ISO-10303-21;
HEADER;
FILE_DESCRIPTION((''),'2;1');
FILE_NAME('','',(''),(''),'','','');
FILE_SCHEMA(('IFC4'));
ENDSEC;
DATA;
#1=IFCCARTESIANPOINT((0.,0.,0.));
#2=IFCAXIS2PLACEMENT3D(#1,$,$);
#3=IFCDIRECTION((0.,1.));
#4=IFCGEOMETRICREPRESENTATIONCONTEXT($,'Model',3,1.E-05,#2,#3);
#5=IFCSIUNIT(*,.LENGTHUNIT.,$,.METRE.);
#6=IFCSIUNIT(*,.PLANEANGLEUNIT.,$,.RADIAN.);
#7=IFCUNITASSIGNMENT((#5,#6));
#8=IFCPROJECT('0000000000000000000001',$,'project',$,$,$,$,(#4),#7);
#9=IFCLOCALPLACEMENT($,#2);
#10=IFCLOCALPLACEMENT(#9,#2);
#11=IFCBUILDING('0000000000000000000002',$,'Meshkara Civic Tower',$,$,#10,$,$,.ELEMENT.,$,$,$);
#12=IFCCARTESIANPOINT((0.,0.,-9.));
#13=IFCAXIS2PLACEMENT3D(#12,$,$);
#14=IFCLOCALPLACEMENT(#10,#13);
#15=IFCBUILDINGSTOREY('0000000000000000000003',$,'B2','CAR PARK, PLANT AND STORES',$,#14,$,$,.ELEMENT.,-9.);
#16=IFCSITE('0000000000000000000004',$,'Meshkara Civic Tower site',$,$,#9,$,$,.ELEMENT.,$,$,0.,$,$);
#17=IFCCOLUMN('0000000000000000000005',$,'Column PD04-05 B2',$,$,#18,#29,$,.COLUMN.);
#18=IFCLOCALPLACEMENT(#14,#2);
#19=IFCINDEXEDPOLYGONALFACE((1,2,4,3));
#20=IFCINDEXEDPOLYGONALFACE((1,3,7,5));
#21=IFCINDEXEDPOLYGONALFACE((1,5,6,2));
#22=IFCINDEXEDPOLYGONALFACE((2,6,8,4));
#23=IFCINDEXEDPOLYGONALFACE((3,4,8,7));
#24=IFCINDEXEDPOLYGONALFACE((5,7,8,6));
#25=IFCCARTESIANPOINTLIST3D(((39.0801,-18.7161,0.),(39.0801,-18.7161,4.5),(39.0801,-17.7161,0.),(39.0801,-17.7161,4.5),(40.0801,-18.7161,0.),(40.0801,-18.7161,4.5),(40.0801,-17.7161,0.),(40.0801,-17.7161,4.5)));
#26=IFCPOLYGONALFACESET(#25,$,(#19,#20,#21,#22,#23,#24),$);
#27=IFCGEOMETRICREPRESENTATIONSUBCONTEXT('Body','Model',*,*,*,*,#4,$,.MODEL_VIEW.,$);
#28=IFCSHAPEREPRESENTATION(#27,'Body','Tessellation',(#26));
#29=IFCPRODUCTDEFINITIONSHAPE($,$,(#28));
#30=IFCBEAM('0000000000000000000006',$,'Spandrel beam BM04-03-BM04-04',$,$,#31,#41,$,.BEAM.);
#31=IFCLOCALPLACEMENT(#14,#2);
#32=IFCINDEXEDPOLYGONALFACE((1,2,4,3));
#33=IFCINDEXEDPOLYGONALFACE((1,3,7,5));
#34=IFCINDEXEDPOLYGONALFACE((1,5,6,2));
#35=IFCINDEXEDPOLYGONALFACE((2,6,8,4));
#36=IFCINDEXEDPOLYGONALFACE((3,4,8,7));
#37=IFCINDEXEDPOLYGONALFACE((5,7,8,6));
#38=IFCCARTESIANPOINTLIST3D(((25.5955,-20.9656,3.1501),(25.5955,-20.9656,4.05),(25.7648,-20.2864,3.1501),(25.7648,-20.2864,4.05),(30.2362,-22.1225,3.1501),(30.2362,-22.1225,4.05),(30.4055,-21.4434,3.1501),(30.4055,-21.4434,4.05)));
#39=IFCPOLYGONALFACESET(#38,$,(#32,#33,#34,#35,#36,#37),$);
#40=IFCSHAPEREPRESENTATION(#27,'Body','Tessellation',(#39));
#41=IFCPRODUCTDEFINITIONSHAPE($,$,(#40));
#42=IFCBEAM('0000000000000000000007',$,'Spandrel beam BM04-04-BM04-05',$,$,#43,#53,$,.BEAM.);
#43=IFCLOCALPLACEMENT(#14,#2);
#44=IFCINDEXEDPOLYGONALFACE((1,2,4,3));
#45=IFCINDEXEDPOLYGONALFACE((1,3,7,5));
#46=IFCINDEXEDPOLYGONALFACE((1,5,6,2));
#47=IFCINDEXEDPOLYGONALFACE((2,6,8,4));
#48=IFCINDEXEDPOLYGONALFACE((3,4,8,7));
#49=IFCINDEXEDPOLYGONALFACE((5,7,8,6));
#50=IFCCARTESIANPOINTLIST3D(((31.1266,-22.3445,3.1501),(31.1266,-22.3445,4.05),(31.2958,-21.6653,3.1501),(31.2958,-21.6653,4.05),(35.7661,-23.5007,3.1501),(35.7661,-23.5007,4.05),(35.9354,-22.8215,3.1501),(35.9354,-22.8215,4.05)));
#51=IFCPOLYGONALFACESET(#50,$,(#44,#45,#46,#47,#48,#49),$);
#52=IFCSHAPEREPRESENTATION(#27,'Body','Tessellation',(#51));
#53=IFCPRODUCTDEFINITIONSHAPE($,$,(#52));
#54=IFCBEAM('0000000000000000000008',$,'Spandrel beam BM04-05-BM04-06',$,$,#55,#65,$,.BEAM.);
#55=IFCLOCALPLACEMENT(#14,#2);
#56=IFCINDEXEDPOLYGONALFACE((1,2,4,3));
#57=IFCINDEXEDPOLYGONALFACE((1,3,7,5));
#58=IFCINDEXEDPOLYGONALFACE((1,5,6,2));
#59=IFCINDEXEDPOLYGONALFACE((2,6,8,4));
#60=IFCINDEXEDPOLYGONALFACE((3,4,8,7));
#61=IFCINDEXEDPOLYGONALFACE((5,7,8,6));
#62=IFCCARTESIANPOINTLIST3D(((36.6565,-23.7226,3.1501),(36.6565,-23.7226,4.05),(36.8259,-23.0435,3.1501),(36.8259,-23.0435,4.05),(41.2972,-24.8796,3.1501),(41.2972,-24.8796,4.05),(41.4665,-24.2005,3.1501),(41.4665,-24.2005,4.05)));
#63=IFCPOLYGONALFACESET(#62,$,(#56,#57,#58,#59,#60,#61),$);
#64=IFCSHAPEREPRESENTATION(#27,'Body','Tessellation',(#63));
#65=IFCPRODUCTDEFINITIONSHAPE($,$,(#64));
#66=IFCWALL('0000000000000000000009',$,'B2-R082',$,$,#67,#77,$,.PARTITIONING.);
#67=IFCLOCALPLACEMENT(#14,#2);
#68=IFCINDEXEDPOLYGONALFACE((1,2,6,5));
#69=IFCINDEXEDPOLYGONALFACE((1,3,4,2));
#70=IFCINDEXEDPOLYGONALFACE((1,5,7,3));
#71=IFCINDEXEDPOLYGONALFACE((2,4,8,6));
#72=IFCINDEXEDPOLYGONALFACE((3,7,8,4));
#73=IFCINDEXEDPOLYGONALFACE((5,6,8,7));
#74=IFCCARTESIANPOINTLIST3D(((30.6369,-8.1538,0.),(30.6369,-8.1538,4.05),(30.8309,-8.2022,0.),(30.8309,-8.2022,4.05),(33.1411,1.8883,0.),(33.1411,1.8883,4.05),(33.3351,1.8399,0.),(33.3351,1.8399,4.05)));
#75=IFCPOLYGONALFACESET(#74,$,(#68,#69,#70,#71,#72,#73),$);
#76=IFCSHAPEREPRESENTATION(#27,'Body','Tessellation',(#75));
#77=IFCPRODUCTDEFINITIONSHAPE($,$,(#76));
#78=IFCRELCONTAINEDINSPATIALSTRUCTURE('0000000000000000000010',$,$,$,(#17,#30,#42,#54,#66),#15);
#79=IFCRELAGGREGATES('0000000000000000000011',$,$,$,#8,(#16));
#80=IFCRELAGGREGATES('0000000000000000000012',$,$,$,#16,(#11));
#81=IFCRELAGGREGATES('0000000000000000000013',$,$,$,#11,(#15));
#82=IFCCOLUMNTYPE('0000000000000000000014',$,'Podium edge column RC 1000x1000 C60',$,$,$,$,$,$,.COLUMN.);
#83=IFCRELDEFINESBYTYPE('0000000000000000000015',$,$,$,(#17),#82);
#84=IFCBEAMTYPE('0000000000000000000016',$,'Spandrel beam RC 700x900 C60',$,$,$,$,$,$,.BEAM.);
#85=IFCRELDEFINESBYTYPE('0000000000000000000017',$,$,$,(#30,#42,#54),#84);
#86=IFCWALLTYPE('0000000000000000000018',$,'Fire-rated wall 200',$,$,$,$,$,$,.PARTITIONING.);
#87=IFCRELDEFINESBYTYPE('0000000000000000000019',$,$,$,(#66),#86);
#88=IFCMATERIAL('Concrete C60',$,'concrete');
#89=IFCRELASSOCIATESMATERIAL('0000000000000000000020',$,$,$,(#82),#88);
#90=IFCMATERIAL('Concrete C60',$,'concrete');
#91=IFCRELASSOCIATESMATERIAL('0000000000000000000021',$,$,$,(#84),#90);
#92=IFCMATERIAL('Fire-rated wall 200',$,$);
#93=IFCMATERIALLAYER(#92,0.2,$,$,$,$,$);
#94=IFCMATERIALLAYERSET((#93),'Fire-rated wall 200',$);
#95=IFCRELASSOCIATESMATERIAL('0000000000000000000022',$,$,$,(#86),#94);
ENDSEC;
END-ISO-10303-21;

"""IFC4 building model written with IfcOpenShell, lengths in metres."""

from ifc_helpers import new_model, si_unit, direction, frame, frame_2d, origin, origin_2d, place, context, subcontext, project, spatial, rectangle, extrude, material, layer, layer_set, material_profile, profile_set, type_object, element, save


model = new_model("IFC4")

# Units and contexts
model_context = context("Model", 3, precision=1e-05, world=origin(), true_north=direction((0.0, 1.0)))
body_context = subcontext(model_context, "Body", "Model", "MODEL_VIEW")
ifc_project = project(units=[si_unit("LENGTHUNIT", "METRE"), si_unit("PLANEANGLEUNIT", "RADIAN")], contexts=[model_context])

# Site, building, storey
site_placement = place(None, origin())
site = spatial("IfcSite", under=ifc_project, at=site_placement, Name="Meshkara Civic Tower site", CompositionType="ELEMENT", RefElevation=0.0)
building_placement = place(site_placement, origin())
building = spatial("IfcBuilding", under=site, at=building_placement, Name="Meshkara Civic Tower", CompositionType="ELEMENT")
storey_placement = place(building_placement, frame((0.0, 0.0, -9.0)))
storey = spatial("IfcBuildingStorey", under=building, at=storey_placement, Name="B2", Description="CAR PARK, PLANT AND STORES", CompositionType="ELEMENT", Elevation=-9.0)

# Column
ifc_material_1 = material(Name="Concrete C60", Category="concrete")
ifc_material_profile_1 = material_profile(ifc_material_1, rectangle(XDim=1.0, YDim=1.0, at=origin_2d()))
ifc_profile_set_1 = profile_set([ifc_material_profile_1], Name="Concrete C60")
column_type_1 = type_object("IfcColumnType", Name="Podium edge column RC 1000x1000 C60", PredefinedType="COLUMN", material=ifc_profile_set_1)
for number, where, z_axis, x_axis, name in (
    (1, (39.5801, -18.2161, 0.0), (0.0, 0.0, 1.0), (1.0, 0.0, 0.0), "Column PD04-05 B2"),
):
    element("IfcColumn", number, at=place(storey_placement, frame(where, z_axis=z_axis, x_axis=x_axis)), inside=storey, type_object=column_type_1, Name=name, PredefinedType="COLUMN", context=body_context, shape_type="SweptSolid", body=[
        extrude(rectangle(XDim=1.0, YDim=1.0, at=origin_2d()), origin(), (0.0, 0.0, 1.0), 4.5),
    ])

# Beams
ifc_material_2 = material(Name="Concrete C60", Category="concrete")
ifc_material_profile_2 = material_profile(ifc_material_2, rectangle(XDim=0.7, YDim=0.8999, at=origin_2d()))
ifc_profile_set_2 = profile_set([ifc_material_profile_2], Name="Concrete C60")
beam_type = type_object("IfcBeamType", Name="Spandrel beam RC 700x900 C60", PredefinedType="BEAM", material=ifc_profile_set_2)
beam_1_placement = place(storey_placement, frame((25.6802, -20.626, 3.6001), z_axis=(0.970298, -0.241911, 0.0), x_axis=(0.241911, 0.970298, 0.0)))
element("IfcBeam", 2, at=beam_1_placement, inside=storey, type_object=beam_type, Name="Spandrel beam BM04-03-BM04-04", PredefinedType="BEAM", context=body_context, shape_type="SweptSolid", body=[
    extrude(rectangle(XDim=0.7, YDim=0.8999, at=origin_2d()), origin(), (0.0, 0.0, 1.0), 4.7827),
])
beam_2_placement = place(storey_placement, frame((31.2112, -22.0049, 3.6001), z_axis=(0.970322, -0.241815, 0.0), x_axis=(0.241815, 0.970322, 0.0)))
element("IfcBeam", 3, at=beam_2_placement, inside=storey, type_object=beam_type, Name="Spandrel beam BM04-04-BM04-05", PredefinedType="BEAM", context=body_context, shape_type="SweptSolid", body=[
    extrude(rectangle(XDim=0.7, YDim=0.8999, at=origin_2d()), origin(), (0.0, 0.0, 1.0), 4.7815),
])
beam_3_placement = place(storey_placement, frame((36.7412, -23.3831, 3.6001), z_axis=(0.970298, -0.241911, 0.0), x_axis=(0.241911, 0.970298, 0.0)))
element("IfcBeam", 4, at=beam_3_placement, inside=storey, type_object=beam_type, Name="Spandrel beam BM04-05-BM04-06", PredefinedType="BEAM", context=body_context, shape_type="SweptSolid", body=[
    extrude(rectangle(XDim=0.7, YDim=0.8999, at=origin_2d()), origin(), (0.0, 0.0, 1.0), 4.7827),
])

# Wall
ifc_material_3 = material(Name="Fire-rated wall 200")
ifc_layer = layer(ifc_material_3, 0.2)
ifc_layer_set = layer_set([ifc_layer], Name="Fire-rated wall 200")
wall_type = type_object("IfcWallType", Name="Fire-rated wall 200", PredefinedType="PARTITIONING", material=ifc_layer_set)
wall_placement = place(storey_placement, frame((30.7339, -8.178, 0.0), z_axis=(0.0, 0.0, 1.0), x_axis=(0.241958, 0.970287, 0.0)))
element("IfcWall", 5, at=wall_placement, inside=storey, type_object=wall_type, Name="B2-R082", PredefinedType="PARTITIONING", context=body_context, shape_type="SweptSolid", body=[
    extrude(rectangle(XDim=10.3496, YDim=0.2, at=frame_2d((5.1748, 0.0))), origin(), (0.0, 0.0, 1.0), 4.05),
])

save(model, "model.ifc")
